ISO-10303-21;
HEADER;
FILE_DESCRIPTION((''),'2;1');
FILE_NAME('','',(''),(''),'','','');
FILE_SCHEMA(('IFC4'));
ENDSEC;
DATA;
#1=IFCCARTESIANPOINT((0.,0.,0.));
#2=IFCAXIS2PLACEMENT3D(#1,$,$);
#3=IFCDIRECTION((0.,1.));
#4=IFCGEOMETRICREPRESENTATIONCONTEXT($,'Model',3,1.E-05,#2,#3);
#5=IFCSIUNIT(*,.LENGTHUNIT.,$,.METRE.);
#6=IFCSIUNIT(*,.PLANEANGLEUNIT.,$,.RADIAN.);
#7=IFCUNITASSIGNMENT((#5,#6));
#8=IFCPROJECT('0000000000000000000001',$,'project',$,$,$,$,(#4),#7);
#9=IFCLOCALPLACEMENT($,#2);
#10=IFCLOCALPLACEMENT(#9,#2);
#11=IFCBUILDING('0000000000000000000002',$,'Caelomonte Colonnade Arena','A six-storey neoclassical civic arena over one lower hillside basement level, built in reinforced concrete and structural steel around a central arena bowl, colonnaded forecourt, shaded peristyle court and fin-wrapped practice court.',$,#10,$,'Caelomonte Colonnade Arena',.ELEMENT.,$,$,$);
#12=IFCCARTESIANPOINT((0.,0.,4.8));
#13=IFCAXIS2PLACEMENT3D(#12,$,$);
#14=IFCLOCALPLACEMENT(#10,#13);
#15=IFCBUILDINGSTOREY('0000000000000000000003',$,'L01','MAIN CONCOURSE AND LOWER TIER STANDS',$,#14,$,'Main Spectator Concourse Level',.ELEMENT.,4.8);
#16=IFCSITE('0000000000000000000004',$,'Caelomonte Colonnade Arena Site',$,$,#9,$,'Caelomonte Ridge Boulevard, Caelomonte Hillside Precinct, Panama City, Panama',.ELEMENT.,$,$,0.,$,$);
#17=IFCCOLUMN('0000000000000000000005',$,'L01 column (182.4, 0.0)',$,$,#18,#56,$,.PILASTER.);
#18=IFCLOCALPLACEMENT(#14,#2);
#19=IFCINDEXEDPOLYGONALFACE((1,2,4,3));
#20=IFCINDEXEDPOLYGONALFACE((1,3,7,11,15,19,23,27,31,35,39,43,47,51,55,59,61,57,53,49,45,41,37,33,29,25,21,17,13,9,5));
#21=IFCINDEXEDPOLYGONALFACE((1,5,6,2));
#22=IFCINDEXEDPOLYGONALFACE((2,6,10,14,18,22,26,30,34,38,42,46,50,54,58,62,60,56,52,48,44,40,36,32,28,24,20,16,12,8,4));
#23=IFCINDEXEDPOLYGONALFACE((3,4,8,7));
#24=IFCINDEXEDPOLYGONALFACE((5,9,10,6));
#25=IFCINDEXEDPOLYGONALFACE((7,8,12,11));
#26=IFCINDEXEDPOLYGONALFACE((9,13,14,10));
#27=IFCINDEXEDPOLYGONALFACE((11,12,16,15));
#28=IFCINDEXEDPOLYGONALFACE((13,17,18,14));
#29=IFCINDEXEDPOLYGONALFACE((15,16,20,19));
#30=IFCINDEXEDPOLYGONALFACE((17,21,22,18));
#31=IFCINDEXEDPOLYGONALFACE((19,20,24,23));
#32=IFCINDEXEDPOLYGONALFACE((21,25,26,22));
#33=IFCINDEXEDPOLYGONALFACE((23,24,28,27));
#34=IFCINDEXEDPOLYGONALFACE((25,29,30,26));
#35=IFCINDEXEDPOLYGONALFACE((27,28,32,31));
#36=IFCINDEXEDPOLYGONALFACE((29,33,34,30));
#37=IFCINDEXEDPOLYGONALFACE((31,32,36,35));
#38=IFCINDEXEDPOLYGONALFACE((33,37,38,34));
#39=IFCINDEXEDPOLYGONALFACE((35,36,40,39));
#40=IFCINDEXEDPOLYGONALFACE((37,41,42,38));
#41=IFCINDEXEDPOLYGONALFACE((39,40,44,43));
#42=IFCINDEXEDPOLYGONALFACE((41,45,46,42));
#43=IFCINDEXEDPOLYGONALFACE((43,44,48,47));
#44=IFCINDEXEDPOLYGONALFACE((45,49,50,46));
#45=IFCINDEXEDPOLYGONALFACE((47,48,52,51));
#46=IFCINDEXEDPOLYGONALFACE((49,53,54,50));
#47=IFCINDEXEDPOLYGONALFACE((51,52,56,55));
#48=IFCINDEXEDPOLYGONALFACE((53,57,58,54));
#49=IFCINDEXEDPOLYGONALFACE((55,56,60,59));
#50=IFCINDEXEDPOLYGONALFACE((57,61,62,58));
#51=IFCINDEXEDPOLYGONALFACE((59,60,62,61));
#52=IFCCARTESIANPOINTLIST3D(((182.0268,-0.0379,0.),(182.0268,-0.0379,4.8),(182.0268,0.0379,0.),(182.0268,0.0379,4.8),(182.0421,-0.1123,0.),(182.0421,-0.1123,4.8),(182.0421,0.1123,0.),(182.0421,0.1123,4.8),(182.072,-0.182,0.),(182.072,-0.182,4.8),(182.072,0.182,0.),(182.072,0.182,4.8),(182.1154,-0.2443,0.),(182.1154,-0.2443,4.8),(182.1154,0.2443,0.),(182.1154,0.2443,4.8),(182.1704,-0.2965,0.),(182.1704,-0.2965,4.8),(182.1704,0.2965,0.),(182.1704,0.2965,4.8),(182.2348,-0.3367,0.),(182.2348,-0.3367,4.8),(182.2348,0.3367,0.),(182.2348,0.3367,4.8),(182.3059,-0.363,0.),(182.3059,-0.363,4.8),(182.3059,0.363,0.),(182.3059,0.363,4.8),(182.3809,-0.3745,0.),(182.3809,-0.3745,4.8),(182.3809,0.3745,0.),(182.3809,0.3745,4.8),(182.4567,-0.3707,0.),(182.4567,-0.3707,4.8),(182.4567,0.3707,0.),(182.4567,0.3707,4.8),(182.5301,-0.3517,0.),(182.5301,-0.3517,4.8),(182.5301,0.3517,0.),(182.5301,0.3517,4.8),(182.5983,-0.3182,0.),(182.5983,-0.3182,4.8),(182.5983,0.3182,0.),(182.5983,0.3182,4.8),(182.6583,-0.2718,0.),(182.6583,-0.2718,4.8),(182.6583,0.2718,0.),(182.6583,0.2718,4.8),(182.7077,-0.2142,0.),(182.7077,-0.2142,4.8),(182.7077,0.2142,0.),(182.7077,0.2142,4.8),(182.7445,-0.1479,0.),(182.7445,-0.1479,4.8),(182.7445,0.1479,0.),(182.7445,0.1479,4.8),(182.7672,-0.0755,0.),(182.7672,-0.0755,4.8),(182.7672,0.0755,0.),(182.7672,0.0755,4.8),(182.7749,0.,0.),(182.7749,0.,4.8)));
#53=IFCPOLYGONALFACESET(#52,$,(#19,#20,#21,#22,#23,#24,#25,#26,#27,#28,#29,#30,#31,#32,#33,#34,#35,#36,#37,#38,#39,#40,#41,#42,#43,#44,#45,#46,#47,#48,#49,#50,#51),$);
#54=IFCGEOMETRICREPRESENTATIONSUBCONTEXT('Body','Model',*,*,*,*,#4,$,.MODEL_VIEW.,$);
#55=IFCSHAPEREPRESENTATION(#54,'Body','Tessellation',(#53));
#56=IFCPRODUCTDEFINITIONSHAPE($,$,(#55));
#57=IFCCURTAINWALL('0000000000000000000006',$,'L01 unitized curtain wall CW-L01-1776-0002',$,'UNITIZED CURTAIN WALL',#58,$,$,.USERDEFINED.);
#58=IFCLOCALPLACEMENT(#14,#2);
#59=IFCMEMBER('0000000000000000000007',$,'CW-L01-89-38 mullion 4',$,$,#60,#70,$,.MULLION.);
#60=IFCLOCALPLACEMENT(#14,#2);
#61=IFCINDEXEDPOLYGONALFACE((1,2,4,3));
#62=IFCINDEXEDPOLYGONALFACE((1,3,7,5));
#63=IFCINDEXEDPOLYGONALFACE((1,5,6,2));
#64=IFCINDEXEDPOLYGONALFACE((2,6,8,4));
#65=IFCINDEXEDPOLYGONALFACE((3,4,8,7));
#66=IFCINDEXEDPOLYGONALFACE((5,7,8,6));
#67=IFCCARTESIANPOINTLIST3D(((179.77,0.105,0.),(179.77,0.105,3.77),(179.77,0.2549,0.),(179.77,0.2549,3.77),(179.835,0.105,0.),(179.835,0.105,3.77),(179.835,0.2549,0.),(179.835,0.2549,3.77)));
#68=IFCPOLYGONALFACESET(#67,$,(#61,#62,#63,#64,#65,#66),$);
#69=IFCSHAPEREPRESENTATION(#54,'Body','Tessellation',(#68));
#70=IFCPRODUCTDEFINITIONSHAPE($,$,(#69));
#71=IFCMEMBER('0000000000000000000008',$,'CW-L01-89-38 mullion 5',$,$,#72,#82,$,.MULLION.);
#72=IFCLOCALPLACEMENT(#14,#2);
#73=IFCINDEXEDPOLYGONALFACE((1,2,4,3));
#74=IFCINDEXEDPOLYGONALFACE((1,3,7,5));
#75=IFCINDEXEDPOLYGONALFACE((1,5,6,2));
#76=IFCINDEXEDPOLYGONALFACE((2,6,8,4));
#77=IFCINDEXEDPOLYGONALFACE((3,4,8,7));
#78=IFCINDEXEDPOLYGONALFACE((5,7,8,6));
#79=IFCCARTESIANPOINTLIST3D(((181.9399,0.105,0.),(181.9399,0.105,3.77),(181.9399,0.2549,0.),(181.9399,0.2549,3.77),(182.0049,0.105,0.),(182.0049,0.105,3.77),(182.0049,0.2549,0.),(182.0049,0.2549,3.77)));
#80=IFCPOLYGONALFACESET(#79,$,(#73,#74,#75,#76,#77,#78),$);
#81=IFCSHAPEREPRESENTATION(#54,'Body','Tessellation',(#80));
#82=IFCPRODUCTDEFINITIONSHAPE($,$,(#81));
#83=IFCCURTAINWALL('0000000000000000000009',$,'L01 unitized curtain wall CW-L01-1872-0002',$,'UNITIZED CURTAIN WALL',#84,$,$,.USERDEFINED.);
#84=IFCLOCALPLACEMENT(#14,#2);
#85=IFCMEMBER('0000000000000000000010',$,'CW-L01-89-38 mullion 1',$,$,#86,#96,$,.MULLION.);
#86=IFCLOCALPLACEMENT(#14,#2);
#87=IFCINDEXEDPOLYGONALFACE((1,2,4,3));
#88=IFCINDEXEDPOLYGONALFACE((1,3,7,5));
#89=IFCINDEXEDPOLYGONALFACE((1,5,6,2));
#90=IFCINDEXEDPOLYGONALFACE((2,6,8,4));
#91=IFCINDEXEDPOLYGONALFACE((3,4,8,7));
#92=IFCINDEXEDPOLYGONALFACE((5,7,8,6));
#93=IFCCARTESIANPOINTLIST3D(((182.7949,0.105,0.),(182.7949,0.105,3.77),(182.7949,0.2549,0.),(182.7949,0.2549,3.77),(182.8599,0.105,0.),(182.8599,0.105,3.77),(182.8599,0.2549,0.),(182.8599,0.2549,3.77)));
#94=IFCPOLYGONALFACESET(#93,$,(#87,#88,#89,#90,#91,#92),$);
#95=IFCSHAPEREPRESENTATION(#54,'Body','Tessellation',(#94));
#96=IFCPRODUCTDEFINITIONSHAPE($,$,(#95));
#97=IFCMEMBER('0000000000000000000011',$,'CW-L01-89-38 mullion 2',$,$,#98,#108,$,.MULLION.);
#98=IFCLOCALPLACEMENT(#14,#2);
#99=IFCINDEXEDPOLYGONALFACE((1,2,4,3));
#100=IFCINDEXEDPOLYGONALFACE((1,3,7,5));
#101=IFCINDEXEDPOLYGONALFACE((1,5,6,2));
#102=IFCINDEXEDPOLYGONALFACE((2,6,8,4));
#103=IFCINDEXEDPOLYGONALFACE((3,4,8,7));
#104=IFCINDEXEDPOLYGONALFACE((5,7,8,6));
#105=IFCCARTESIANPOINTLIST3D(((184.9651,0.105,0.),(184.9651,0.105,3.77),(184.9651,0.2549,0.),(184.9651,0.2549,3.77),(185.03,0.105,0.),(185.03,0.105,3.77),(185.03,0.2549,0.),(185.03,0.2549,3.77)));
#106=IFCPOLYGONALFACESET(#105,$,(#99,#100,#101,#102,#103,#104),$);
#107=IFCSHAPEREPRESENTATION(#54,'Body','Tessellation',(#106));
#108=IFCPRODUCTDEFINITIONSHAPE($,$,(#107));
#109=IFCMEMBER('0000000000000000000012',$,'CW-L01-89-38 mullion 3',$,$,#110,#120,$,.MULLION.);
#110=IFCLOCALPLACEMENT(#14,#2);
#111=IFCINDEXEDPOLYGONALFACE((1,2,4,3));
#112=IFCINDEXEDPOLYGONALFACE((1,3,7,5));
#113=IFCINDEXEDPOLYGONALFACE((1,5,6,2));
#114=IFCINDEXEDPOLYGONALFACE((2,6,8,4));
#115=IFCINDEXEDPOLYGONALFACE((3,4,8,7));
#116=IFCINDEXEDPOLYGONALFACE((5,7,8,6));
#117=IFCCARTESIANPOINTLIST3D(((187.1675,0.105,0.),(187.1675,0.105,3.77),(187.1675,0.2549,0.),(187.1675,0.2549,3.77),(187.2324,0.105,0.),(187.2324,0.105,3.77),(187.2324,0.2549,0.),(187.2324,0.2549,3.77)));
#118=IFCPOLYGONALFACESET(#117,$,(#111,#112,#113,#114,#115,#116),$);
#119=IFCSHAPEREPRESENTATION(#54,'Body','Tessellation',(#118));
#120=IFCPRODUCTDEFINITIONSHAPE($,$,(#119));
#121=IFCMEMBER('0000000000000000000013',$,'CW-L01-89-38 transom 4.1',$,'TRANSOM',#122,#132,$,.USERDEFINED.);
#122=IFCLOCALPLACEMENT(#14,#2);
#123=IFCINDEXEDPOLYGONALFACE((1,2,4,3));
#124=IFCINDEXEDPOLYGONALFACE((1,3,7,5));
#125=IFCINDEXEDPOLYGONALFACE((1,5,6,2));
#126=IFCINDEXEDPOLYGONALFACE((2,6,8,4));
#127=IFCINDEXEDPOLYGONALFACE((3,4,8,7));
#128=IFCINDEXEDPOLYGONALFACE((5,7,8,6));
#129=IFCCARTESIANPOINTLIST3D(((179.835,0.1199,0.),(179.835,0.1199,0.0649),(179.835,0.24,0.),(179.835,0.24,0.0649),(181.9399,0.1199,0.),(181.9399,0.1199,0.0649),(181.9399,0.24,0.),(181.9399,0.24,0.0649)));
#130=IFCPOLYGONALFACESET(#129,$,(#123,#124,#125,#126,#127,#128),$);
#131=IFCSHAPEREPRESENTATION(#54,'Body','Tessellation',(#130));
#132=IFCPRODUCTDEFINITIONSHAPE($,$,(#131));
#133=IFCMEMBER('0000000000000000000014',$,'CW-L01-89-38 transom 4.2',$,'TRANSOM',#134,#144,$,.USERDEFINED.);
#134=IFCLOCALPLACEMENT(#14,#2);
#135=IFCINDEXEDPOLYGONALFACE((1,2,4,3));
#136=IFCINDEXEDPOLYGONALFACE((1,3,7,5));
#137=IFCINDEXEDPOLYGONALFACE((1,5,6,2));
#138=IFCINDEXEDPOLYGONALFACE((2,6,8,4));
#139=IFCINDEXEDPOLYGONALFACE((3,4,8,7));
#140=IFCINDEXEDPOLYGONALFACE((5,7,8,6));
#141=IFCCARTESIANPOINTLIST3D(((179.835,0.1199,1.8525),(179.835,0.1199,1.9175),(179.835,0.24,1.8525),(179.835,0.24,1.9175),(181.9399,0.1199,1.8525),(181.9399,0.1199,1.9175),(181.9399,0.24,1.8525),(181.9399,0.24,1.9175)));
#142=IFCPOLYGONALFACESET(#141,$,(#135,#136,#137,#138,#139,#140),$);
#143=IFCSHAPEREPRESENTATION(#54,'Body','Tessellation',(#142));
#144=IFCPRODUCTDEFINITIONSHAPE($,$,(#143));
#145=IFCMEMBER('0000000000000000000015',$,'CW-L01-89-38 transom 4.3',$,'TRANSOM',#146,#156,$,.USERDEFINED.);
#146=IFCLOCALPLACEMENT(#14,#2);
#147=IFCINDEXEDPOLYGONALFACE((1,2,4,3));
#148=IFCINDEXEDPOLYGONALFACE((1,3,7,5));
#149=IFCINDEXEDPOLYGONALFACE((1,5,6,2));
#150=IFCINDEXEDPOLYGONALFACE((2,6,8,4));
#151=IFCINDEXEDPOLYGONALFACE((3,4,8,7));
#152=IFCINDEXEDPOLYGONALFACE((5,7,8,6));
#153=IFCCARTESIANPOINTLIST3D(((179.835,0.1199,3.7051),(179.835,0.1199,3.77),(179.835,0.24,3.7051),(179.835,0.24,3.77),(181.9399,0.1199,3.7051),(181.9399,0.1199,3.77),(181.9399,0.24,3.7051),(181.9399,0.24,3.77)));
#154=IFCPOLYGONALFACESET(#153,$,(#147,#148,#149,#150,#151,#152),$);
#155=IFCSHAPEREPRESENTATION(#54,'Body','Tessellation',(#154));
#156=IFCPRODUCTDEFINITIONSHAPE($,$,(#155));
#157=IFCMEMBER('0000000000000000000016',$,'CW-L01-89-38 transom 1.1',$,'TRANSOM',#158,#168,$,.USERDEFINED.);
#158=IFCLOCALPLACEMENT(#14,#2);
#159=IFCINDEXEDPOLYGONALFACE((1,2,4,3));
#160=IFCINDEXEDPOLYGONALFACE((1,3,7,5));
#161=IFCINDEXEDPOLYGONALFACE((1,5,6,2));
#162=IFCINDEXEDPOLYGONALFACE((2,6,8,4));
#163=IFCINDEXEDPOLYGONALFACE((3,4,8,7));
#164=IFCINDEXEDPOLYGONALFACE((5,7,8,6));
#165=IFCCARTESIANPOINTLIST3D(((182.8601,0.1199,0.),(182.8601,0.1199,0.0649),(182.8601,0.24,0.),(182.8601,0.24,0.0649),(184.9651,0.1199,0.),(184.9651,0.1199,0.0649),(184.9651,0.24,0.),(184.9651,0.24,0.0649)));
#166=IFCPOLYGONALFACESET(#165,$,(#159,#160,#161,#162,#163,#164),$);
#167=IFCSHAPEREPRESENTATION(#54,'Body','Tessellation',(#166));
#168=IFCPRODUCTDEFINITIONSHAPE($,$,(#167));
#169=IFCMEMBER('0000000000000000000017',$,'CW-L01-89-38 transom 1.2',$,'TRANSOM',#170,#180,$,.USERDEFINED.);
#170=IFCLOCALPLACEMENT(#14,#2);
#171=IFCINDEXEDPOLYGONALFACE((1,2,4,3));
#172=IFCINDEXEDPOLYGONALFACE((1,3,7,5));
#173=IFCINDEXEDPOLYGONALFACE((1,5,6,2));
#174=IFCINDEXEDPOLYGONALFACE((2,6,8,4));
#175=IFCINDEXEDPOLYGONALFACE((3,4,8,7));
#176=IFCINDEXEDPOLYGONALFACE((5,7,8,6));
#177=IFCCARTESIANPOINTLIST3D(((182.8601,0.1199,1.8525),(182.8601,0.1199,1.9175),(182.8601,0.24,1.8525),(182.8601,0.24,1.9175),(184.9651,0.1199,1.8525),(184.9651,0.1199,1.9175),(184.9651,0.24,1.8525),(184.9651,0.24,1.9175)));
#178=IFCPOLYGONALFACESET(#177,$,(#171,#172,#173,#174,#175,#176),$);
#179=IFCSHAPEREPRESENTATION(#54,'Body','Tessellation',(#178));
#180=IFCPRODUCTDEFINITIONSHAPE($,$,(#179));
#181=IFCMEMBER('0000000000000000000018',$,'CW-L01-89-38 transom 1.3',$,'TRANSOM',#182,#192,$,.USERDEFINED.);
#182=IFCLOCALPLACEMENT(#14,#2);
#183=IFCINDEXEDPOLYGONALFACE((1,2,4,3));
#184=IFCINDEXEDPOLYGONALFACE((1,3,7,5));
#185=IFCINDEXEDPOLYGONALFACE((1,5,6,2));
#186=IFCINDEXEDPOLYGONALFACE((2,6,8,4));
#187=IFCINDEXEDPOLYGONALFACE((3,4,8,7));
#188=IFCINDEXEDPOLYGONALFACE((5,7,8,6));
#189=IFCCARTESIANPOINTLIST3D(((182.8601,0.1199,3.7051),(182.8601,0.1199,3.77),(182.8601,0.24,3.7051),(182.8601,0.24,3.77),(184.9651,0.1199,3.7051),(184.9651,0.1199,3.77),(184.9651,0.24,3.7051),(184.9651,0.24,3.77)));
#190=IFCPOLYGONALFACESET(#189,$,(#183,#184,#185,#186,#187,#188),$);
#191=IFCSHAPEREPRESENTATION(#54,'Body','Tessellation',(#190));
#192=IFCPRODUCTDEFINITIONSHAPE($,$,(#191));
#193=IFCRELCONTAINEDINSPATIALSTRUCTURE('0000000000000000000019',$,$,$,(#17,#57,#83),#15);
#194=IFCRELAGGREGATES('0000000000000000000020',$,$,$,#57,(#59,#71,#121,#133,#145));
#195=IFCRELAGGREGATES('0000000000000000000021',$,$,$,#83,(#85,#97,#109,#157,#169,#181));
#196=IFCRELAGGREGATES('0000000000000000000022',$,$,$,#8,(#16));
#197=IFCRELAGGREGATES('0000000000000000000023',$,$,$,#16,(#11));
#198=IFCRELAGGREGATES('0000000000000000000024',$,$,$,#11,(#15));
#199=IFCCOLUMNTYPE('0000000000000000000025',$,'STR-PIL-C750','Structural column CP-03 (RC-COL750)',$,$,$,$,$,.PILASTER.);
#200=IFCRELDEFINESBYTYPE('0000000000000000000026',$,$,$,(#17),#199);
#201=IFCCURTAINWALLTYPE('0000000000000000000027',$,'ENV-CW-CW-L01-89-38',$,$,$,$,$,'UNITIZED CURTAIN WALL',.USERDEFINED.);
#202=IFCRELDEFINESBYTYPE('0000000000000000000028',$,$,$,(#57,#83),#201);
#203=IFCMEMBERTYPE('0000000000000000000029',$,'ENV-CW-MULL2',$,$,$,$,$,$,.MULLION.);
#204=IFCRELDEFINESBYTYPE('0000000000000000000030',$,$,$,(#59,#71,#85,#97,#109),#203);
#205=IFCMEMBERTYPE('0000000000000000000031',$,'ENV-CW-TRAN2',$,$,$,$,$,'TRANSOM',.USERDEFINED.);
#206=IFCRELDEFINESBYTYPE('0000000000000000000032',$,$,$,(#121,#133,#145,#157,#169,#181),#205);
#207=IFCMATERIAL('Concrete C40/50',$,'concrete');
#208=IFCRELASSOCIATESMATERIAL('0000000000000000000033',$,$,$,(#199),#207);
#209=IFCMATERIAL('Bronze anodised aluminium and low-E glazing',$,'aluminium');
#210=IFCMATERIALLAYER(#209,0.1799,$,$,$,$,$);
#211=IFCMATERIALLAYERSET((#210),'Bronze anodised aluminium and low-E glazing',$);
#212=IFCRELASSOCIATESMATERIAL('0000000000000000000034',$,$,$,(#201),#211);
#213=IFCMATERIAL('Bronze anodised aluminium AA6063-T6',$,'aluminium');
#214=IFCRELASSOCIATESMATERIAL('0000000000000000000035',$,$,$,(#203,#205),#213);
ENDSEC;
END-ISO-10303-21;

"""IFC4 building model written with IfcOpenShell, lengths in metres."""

from ifc_helpers import new_model, si_unit, direction, frame, origin, origin_2d, place, context, subcontext, project, spatial, rectangle, circle, extrude, material, layer, layer_set, material_profile, profile_set, type_object, element, aggregate, save


model = new_model("IFC4")

# Units and contexts
model_context = context("Model", 3, precision=1e-05, world=origin(), true_north=direction((0.0, 1.0)))
body_context = subcontext(model_context, "Body", "Model", "MODEL_VIEW")
ifc_project = project(units=[si_unit("LENGTHUNIT", "METRE"), si_unit("PLANEANGLEUNIT", "RADIAN")], contexts=[model_context])

# Site, building, storey
site_placement = place(None, origin())
site = spatial("IfcSite", under=ifc_project, at=site_placement, Name="Caelomonte Colonnade Arena Site", LongName="Caelomonte Ridge Boulevard, Caelomonte Hillside Precinct, Panama City, Panama", CompositionType="ELEMENT", RefElevation=0.0)
building_placement = place(site_placement, origin())
building = spatial("IfcBuilding", under=site, at=building_placement, Name="Caelomonte Colonnade Arena", Description="A six-storey neoclassical civic arena over one lower hillside basement level, built in reinforced concrete and structural steel around a central arena bowl, colonnaded forecourt, shaded peristyle court and fin-wrapped practice court.", LongName="Caelomonte Colonnade Arena", CompositionType="ELEMENT")
storey_placement = place(building_placement, frame((0.0, 0.0, 4.8)))
storey = spatial("IfcBuildingStorey", under=building, at=storey_placement, Name="L01", Description="MAIN CONCOURSE AND LOWER TIER STANDS", LongName="Main Spectator Concourse Level", CompositionType="ELEMENT", Elevation=4.8)

# Column
ifc_material_1 = material(Name="Concrete C40/50", Category="concrete")
ifc_material_profile_1 = material_profile(ifc_material_1, circle(Radius=0.375, at=origin_2d()), Name="RC-COL750")
ifc_profile_set_1 = profile_set([ifc_material_profile_1], Name="Concrete C40/50")
column_type = type_object("IfcColumnType", Name="STR-PIL-C750", Description="Structural column CP-03 (RC-COL750)", PredefinedType="PILASTER", material=ifc_profile_set_1)
column_placement = place(storey_placement, frame((182.3999, 0.0, 0.0), z_axis=(0.0, 0.0, 1.0), x_axis=(1.0, 0.0, 0.0)))
element("IfcColumn", 1, at=column_placement, inside=storey, type_object=column_type, Name="L01 column (182.4, 0.0)", PredefinedType="PILASTER", context=body_context, shape_type="SweptSolid", body=[
    extrude(circle(Radius=0.375, at=origin_2d()), origin(), (0.0, 0.0, 1.0), 4.8),
])

# Curtain walls, members
ifc_material_2 = material(Name="Bronze anodised aluminium and low-E glazing", Category="aluminium")
ifc_layer_1 = layer(ifc_material_2, 0.1799)
ifc_layer_set_1 = layer_set([ifc_layer_1], Name="Bronze anodised aluminium and low-E glazing")
curtain_wall_type = type_object("IfcCurtainWallType", Name="ENV-CW-CW-L01-89-38", ElementType="UNITIZED CURTAIN WALL", PredefinedType="USERDEFINED", material=ifc_layer_set_1)
curtain_wall_1_placement = place(storey_placement, origin())
curtain_wall_1 = element("IfcCurtainWall", 2, at=curtain_wall_1_placement, inside=storey, type_object=curtain_wall_type, Name="L01 unitized curtain wall CW-L01-1776-0002", ObjectType="UNITIZED CURTAIN WALL", PredefinedType="USERDEFINED")
ifc_material_3 = material(Name="Bronze anodised aluminium AA6063-T6", Category="aluminium")
ifc_material_profile_2 = material_profile(ifc_material_3, rectangle(XDim=0.0649, YDim=0.1499, at=origin_2d()), Name="CWM-65X150")
ifc_profile_set_2 = profile_set([ifc_material_profile_2], Name="Bronze anodised aluminium AA6063-T6")
member_type_1 = type_object("IfcMemberType", Name="ENV-CW-MULL2", PredefinedType="MULLION", material=ifc_profile_set_2)
member_1_placement = place(storey_placement, frame((179.8025, 0.1799, 0.0), z_axis=(0.0, 0.0, 1.0), x_axis=(1.0, 0.0, 0.0)))
member_1 = element("IfcMember", 3, at=member_1_placement, type_object=member_type_1, Name="CW-L01-89-38 mullion 4", PredefinedType="MULLION", context=body_context, shape_type="SweptSolid", body=[
    extrude(rectangle(XDim=0.0649, YDim=0.1499, at=origin_2d()), origin(), (0.0, 0.0, 1.0), 3.77),
])
member_2_placement = place(storey_placement, frame((181.9724, 0.1799, 0.0), z_axis=(0.0, 0.0, 1.0), x_axis=(1.0, 0.0, 0.0)))
member_2 = element("IfcMember", 4, at=member_2_placement, type_object=member_type_1, Name="CW-L01-89-38 mullion 5", PredefinedType="MULLION", context=body_context, shape_type="SweptSolid", body=[
    extrude(rectangle(XDim=0.0649, YDim=0.1499, at=origin_2d()), origin(), (0.0, 0.0, 1.0), 3.77),
])
curtain_wall_2_placement = place(storey_placement, origin())
curtain_wall_2 = element("IfcCurtainWall", 5, at=curtain_wall_2_placement, inside=storey, type_object=curtain_wall_type, Name="L01 unitized curtain wall CW-L01-1872-0002", ObjectType="UNITIZED CURTAIN WALL", PredefinedType="USERDEFINED")
member_3_placement = place(storey_placement, frame((182.8274, 0.1799, 0.0), z_axis=(0.0, 0.0, 1.0), x_axis=(1.0, 0.0, 0.0)))
member_3 = element("IfcMember", 6, at=member_3_placement, type_object=member_type_1, Name="CW-L01-89-38 mullion 1", PredefinedType="MULLION", context=body_context, shape_type="SweptSolid", body=[
    extrude(rectangle(XDim=0.0649, YDim=0.1499, at=origin_2d()), origin(), (0.0, 0.0, 1.0), 3.77),
])
member_4_placement = place(storey_placement, frame((184.9976, 0.1799, 0.0), z_axis=(0.0, 0.0, 1.0), x_axis=(1.0, 0.0, 0.0)))
member_4 = element("IfcMember", 7, at=member_4_placement, type_object=member_type_1, Name="CW-L01-89-38 mullion 2", PredefinedType="MULLION", context=body_context, shape_type="SweptSolid", body=[
    extrude(rectangle(XDim=0.0649, YDim=0.1499, at=origin_2d()), origin(), (0.0, 0.0, 1.0), 3.77),
])
member_5_placement = place(storey_placement, frame((187.2, 0.1799, 0.0), z_axis=(0.0, 0.0, 1.0), x_axis=(1.0, 0.0, 0.0)))
member_5 = element("IfcMember", 8, at=member_5_placement, type_object=member_type_1, Name="CW-L01-89-38 mullion 3", PredefinedType="MULLION", context=body_context, shape_type="SweptSolid", body=[
    extrude(rectangle(XDim=0.0649, YDim=0.1499, at=origin_2d()), origin(), (0.0, 0.0, 1.0), 3.77),
])

# Members
ifc_material_profile_3 = material_profile(ifc_material_3, rectangle(XDim=0.0649, YDim=0.1201, at=origin_2d()), Name="CWT-65X120")
ifc_profile_set_3 = profile_set([ifc_material_profile_3], Name="Bronze anodised aluminium AA6063-T6")
member_type_2 = type_object("IfcMemberType", Name="ENV-CW-TRAN2", ElementType="TRANSOM", PredefinedType="USERDEFINED", material=ifc_profile_set_3)
member_6_placement = place(storey_placement, frame((179.835, 0.1799, 0.0325), z_axis=(1.0, 0.0, 0.0), x_axis=(0.0, 0.0, 1.0)))
member_6 = element("IfcMember", 9, at=member_6_placement, type_object=member_type_2, Name="CW-L01-89-38 transom 4.1", ObjectType="TRANSOM", PredefinedType="USERDEFINED", context=body_context, shape_type="SweptSolid", body=[
    extrude(rectangle(XDim=0.0649, YDim=0.1201, at=origin_2d()), origin(), (0.0, 0.0, 1.0), 2.105),
])
member_7_placement = place(storey_placement, frame((179.835, 0.1799, 1.885), z_axis=(1.0, 0.0, 0.0), x_axis=(0.0, 0.0, 1.0)))
member_7 = element("IfcMember", 10, at=member_7_placement, type_object=member_type_2, Name="CW-L01-89-38 transom 4.2", ObjectType="TRANSOM", PredefinedType="USERDEFINED", context=body_context, shape_type="SweptSolid", body=[
    extrude(rectangle(XDim=0.0649, YDim=0.1201, at=origin_2d()), origin(), (0.0, 0.0, 1.0), 2.105),
])
member_8_placement = place(storey_placement, frame((179.835, 0.1799, 3.7375), z_axis=(1.0, 0.0, 0.0), x_axis=(0.0, 0.0, 1.0)))
member_8 = element("IfcMember", 11, at=member_8_placement, type_object=member_type_2, Name="CW-L01-89-38 transom 4.3", ObjectType="TRANSOM", PredefinedType="USERDEFINED", context=body_context, shape_type="SweptSolid", body=[
    extrude(rectangle(XDim=0.0649, YDim=0.1201, at=origin_2d()), origin(), (0.0, 0.0, 1.0), 2.105),
])
member_9_placement = place(storey_placement, frame((182.8601, 0.1799, 0.0325), z_axis=(1.0, 0.0, 0.0), x_axis=(0.0, 0.0, 1.0)))
member_9 = element("IfcMember", 12, at=member_9_placement, type_object=member_type_2, Name="CW-L01-89-38 transom 1.1", ObjectType="TRANSOM", PredefinedType="USERDEFINED", context=body_context, shape_type="SweptSolid", body=[
    extrude(rectangle(XDim=0.0649, YDim=0.1201, at=origin_2d()), origin(), (0.0, 0.0, 1.0), 2.105),
])
member_10_placement = place(storey_placement, frame((182.8601, 0.1799, 1.885), z_axis=(1.0, 0.0, 0.0), x_axis=(0.0, 0.0, 1.0)))
member_10 = element("IfcMember", 13, at=member_10_placement, type_object=member_type_2, Name="CW-L01-89-38 transom 1.2", ObjectType="TRANSOM", PredefinedType="USERDEFINED", context=body_context, shape_type="SweptSolid", body=[
    extrude(rectangle(XDim=0.0649, YDim=0.1201, at=origin_2d()), origin(), (0.0, 0.0, 1.0), 2.105),
])
member_11_placement = place(storey_placement, frame((182.8601, 0.1799, 3.7375), z_axis=(1.0, 0.0, 0.0), x_axis=(0.0, 0.0, 1.0)))
member_11 = element("IfcMember", 14, at=member_11_placement, type_object=member_type_2, Name="CW-L01-89-38 transom 1.3", ObjectType="TRANSOM", PredefinedType="USERDEFINED", context=body_context, shape_type="SweptSolid", body=[
    extrude(rectangle(XDim=0.0649, YDim=0.1201, at=origin_2d()), origin(), (0.0, 0.0, 1.0), 2.105),
])

aggregate(curtain_wall_1, [member_1, member_2, member_6, member_7, member_8])
aggregate(curtain_wall_2, [member_3, member_4, member_5, member_9, member_10, member_11])

save(model, "model.ifc")
